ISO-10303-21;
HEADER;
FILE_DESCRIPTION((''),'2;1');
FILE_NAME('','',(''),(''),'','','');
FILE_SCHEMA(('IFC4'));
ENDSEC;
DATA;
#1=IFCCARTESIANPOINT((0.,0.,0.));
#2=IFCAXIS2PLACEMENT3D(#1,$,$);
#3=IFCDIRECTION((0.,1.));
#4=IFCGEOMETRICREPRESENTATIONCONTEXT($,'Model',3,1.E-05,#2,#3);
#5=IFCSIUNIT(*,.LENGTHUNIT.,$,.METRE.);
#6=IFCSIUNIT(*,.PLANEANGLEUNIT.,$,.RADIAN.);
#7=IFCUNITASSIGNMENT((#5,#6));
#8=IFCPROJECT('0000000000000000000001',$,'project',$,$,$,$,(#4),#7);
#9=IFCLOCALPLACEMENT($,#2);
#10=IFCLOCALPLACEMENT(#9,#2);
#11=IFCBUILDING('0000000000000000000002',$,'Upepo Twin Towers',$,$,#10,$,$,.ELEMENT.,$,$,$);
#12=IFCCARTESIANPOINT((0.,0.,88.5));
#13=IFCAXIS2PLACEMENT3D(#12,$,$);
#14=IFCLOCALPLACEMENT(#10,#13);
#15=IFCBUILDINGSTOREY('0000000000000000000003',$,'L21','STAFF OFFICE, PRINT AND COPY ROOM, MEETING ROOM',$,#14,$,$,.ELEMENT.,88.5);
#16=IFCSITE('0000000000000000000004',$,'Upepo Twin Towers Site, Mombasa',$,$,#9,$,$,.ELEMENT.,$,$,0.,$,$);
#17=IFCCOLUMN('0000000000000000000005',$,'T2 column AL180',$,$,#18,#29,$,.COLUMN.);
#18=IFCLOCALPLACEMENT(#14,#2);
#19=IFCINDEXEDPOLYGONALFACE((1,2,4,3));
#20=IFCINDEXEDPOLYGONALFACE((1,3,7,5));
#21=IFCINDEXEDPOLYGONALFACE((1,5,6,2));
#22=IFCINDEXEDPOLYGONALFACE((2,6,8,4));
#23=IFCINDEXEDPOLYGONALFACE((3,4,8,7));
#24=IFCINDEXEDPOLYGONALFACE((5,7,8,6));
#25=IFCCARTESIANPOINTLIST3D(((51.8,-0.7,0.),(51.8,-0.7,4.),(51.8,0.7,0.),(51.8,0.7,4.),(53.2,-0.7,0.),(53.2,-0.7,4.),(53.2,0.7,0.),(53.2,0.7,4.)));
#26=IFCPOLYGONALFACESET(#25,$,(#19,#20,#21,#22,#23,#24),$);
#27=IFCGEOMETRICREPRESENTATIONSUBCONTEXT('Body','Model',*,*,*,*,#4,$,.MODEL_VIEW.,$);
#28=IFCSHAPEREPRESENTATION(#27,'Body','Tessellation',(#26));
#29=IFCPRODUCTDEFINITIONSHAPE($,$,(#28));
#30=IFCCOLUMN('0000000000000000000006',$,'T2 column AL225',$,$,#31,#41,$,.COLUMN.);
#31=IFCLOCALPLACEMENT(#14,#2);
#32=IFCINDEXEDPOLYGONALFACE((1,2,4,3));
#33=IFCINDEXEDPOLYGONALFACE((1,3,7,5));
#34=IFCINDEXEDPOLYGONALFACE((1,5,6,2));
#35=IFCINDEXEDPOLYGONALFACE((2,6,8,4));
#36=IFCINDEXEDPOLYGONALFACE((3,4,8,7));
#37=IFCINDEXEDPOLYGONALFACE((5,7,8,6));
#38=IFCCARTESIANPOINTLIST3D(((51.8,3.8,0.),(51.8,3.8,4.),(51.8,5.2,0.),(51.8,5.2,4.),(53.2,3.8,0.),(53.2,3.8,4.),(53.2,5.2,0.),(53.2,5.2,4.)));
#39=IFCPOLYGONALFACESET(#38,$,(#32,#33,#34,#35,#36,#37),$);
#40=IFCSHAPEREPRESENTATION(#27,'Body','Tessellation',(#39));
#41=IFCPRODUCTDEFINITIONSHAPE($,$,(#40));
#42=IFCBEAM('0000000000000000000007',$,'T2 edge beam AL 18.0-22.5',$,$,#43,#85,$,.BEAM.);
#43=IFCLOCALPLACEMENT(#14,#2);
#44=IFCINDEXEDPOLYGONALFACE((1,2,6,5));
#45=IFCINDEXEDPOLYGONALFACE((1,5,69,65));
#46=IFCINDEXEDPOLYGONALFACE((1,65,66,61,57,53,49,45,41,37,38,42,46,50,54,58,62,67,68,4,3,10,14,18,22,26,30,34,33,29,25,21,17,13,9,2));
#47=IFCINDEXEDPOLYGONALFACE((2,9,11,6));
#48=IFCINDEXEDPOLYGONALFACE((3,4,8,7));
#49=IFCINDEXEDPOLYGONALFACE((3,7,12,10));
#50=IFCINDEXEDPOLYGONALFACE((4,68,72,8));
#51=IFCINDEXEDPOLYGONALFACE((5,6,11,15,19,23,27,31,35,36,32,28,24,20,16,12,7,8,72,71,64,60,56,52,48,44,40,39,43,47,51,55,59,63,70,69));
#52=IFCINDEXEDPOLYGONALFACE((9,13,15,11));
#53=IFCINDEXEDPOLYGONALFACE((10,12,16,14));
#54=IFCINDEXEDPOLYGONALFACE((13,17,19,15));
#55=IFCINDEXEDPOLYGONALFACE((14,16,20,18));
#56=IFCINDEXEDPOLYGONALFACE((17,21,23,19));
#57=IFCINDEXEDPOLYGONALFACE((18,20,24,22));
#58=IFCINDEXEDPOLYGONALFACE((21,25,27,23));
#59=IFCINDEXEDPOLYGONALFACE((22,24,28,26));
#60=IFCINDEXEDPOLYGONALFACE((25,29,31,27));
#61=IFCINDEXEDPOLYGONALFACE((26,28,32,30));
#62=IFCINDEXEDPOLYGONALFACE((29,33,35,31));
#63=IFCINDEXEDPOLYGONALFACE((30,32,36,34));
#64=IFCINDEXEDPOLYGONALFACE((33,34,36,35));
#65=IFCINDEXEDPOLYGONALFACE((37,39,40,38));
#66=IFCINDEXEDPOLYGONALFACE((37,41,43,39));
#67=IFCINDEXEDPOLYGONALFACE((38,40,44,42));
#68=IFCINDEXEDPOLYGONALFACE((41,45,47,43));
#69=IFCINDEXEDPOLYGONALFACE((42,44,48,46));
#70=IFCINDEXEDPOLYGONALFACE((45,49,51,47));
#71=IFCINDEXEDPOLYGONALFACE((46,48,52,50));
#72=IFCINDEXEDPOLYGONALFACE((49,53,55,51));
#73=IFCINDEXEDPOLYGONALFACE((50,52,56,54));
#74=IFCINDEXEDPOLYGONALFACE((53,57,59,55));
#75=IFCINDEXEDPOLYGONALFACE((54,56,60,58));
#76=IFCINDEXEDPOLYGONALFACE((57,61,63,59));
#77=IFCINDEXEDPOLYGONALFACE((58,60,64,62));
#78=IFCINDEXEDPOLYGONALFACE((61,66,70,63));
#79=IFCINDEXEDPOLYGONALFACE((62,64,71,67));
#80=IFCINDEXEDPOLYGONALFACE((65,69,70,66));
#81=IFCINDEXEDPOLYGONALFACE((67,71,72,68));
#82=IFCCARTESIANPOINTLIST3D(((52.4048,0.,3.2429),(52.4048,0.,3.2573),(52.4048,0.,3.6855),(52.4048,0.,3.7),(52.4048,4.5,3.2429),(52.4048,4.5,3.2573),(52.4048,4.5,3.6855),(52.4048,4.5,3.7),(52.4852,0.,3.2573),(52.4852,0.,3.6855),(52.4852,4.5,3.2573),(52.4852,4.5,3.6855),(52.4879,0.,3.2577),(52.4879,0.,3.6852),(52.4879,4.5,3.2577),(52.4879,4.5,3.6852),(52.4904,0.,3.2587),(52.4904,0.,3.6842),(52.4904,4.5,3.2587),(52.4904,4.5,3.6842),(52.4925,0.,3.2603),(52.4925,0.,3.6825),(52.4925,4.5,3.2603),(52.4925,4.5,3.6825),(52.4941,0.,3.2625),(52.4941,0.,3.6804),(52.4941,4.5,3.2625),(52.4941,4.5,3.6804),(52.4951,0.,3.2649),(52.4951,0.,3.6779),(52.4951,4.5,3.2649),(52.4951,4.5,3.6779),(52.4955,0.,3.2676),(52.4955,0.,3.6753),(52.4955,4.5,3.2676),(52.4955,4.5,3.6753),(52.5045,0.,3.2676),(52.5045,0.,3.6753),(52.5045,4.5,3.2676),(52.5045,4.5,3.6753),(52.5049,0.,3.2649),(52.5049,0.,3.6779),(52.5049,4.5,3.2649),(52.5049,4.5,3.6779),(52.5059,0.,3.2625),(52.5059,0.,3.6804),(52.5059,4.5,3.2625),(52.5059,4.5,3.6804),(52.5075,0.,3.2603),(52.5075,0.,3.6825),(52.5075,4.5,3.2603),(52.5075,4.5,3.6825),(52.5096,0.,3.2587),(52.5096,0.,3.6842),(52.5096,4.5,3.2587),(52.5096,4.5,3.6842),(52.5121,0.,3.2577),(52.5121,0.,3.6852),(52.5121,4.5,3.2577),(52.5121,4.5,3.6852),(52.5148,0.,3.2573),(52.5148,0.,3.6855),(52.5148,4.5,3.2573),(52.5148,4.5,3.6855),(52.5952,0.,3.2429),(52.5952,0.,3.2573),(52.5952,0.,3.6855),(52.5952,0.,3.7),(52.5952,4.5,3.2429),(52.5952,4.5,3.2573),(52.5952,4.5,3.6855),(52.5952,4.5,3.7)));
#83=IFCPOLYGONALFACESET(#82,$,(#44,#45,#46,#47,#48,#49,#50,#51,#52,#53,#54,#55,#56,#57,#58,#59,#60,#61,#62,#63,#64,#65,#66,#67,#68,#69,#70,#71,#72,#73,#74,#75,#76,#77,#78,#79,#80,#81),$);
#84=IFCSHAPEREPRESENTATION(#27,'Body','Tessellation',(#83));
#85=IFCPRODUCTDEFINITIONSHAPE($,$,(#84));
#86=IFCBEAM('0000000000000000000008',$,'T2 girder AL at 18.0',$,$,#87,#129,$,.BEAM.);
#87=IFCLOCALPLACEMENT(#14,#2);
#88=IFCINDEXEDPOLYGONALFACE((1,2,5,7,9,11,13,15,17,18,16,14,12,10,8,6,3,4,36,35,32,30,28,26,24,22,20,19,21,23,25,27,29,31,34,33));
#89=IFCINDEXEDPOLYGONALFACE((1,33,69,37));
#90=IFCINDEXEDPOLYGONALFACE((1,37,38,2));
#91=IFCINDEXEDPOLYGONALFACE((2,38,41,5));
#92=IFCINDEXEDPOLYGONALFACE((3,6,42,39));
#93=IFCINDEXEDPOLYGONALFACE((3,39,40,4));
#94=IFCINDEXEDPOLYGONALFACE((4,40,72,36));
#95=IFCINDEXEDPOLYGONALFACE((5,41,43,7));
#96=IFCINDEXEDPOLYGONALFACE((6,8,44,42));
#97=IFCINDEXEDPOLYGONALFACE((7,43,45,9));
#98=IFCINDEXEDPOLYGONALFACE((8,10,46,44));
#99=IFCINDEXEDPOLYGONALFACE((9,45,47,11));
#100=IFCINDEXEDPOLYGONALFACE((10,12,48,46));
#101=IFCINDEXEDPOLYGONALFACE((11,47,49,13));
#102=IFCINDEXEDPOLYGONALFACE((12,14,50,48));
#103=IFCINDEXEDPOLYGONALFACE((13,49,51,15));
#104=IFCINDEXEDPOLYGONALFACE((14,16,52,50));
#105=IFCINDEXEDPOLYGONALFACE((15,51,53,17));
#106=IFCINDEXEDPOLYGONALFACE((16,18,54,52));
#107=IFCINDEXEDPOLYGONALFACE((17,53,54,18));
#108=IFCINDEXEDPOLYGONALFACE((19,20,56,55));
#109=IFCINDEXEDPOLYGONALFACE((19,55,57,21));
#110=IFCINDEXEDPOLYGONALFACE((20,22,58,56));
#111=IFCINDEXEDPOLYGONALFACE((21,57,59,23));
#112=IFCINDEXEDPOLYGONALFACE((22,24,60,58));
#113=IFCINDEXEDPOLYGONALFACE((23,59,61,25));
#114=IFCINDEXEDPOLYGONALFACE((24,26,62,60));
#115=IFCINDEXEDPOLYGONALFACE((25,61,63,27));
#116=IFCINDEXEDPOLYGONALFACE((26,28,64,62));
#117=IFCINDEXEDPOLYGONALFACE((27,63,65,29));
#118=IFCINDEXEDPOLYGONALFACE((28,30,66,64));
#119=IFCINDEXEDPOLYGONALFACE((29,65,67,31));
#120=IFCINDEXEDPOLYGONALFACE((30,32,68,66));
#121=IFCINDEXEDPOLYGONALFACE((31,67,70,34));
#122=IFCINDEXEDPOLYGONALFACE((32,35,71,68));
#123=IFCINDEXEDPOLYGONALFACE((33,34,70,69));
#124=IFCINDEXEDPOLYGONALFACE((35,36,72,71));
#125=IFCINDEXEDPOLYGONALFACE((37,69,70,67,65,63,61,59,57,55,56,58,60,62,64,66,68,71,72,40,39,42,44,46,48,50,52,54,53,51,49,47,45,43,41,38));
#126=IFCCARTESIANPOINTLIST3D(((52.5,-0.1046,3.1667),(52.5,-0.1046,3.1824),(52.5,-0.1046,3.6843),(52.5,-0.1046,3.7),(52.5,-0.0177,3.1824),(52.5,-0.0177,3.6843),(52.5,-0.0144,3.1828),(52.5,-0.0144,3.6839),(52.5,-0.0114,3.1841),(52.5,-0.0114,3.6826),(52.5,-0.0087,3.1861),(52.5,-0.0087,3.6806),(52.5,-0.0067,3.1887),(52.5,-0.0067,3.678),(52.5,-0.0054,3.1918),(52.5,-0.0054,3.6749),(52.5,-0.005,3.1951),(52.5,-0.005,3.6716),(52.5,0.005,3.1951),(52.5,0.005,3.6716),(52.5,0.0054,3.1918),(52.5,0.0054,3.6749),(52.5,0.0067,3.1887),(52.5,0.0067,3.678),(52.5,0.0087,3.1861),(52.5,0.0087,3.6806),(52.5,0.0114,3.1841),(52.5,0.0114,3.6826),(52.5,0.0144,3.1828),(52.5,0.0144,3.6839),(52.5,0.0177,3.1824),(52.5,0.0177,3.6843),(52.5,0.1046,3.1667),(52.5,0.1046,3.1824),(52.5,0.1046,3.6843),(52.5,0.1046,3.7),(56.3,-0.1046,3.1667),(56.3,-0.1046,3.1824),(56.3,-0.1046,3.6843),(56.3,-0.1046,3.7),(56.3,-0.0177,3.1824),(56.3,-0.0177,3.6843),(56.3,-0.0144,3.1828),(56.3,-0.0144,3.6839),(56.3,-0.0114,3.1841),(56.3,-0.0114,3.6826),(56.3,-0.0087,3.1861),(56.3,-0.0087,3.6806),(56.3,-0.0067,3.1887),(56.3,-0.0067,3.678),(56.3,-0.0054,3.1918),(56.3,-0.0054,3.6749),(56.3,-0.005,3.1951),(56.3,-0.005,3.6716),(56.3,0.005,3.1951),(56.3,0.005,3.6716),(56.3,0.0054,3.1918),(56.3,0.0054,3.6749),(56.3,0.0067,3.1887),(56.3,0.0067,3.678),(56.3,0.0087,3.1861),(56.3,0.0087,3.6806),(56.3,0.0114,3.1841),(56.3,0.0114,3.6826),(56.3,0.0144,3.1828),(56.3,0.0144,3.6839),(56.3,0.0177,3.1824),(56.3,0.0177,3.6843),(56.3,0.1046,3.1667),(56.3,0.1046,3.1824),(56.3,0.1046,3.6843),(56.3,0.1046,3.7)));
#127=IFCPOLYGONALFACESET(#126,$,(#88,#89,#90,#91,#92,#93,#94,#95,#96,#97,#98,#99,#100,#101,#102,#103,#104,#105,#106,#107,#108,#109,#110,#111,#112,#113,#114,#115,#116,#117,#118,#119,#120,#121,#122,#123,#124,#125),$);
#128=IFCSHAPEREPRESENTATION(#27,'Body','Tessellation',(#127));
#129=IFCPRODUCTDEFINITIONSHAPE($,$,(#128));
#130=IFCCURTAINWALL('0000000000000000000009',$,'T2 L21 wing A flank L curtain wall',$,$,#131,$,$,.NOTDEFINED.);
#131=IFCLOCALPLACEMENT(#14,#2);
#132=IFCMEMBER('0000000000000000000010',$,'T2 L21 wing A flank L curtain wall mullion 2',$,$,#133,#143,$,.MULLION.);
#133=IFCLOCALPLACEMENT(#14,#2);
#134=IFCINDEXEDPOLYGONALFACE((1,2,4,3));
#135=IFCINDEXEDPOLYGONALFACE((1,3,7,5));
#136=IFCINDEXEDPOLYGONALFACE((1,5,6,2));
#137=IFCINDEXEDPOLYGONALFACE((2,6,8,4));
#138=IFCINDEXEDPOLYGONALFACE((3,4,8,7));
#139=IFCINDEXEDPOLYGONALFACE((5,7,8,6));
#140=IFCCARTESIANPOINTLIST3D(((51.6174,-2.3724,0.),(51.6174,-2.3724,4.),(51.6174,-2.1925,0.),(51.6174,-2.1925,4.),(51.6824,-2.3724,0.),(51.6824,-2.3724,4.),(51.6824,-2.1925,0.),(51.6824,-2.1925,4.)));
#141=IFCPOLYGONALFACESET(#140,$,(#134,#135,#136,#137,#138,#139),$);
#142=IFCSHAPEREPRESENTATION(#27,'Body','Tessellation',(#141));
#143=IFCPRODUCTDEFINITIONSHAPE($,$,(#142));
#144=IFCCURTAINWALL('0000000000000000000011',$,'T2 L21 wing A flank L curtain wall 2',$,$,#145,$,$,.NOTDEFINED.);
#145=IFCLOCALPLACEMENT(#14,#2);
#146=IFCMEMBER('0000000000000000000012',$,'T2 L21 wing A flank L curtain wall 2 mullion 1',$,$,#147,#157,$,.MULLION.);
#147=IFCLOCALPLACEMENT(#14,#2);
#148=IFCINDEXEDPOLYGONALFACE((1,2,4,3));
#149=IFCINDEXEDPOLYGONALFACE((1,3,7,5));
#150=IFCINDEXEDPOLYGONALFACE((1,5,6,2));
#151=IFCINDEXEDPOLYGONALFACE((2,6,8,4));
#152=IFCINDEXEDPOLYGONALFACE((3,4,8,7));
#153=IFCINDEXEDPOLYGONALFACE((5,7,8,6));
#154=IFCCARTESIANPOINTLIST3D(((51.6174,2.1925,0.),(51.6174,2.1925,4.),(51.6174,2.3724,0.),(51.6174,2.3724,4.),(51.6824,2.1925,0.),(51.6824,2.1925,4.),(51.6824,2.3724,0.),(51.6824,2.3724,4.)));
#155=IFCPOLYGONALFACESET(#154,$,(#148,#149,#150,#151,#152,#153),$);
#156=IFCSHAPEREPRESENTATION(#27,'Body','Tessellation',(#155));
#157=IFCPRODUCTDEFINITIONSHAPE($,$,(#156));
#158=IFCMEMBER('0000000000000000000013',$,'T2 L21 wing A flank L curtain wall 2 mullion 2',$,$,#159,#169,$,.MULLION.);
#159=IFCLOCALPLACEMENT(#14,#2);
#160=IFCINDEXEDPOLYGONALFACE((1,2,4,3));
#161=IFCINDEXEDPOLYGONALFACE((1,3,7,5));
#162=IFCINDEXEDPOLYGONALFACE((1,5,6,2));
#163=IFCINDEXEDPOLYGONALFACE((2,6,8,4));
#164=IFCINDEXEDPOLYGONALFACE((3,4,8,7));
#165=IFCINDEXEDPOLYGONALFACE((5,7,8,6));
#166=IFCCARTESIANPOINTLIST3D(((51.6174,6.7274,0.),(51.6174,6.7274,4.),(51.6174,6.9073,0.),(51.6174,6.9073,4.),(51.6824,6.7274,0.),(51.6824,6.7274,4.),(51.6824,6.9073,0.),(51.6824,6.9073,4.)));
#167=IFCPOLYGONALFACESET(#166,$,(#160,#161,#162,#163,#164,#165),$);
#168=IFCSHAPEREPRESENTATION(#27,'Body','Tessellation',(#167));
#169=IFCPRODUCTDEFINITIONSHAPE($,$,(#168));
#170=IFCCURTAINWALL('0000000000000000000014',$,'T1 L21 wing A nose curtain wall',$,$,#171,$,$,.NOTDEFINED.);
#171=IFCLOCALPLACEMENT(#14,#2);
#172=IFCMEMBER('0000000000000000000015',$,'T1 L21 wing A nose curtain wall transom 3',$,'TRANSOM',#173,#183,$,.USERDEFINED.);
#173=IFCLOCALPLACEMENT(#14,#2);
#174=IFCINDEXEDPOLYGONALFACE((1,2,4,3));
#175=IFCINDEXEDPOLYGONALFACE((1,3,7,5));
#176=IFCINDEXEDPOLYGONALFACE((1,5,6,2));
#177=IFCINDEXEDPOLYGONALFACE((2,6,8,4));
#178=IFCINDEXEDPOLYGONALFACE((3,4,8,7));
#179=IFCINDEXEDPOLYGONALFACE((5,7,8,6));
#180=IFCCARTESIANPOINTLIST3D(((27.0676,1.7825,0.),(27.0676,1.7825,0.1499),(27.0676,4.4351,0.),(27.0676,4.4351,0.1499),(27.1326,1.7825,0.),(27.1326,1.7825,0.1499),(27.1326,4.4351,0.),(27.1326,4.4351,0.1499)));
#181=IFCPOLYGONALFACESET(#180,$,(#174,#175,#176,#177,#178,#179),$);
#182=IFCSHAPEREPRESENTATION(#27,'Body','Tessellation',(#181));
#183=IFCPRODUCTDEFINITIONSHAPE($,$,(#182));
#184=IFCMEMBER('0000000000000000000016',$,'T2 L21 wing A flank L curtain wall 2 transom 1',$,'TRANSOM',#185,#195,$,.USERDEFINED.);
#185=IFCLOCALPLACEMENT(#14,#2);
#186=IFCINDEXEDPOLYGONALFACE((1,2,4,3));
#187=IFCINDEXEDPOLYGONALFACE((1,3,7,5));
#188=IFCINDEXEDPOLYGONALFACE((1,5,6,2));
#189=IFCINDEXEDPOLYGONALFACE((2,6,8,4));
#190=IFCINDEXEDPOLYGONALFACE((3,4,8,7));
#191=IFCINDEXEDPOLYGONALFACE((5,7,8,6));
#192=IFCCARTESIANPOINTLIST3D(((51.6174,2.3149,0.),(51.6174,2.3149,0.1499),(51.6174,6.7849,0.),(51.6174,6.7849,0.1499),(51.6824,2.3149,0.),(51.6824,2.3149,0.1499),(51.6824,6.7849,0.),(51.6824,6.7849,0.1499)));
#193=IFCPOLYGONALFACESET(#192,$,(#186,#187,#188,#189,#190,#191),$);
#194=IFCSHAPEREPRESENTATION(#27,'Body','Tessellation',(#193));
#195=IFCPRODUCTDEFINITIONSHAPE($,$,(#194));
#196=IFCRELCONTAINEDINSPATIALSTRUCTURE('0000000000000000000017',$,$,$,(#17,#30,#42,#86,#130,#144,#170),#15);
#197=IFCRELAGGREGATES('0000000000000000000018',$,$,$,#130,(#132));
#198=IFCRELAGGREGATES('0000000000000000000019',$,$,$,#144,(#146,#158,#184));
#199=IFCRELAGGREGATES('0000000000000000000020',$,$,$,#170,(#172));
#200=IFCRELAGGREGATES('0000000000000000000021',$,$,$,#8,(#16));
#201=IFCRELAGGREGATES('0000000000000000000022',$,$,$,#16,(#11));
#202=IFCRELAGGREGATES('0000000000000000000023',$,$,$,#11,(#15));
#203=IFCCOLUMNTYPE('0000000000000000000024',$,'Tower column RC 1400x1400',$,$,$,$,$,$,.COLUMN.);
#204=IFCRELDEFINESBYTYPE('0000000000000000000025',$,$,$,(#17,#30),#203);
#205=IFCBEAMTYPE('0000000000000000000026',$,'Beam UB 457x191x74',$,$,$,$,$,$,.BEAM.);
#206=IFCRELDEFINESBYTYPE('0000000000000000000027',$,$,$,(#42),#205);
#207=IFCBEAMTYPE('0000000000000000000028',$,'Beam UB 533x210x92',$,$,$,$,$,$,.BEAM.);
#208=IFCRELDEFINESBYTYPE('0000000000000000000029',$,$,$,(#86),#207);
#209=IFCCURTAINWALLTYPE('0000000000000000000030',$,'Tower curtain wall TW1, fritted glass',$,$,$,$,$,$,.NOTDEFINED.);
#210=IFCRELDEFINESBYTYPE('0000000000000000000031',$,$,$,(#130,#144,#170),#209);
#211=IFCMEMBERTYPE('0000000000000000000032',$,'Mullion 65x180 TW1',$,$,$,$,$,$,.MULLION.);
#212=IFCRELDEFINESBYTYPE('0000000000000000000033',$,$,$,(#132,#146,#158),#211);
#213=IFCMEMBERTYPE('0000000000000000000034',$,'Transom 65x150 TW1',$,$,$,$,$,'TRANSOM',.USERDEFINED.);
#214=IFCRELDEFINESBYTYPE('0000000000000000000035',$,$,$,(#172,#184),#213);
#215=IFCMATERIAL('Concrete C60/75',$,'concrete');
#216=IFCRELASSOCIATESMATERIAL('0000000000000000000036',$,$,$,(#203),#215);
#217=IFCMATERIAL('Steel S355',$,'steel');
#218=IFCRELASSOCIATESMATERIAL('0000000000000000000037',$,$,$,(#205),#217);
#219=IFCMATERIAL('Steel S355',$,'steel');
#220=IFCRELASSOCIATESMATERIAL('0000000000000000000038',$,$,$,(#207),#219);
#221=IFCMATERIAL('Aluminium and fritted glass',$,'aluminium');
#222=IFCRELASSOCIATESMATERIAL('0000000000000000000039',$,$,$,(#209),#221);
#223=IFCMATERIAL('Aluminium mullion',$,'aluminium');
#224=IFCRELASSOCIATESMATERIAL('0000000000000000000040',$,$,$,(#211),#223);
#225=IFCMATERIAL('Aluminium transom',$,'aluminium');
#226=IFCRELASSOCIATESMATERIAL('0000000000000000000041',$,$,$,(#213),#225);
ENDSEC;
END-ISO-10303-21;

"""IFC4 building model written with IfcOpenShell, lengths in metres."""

from ifc_helpers import new_model, si_unit, direction, frame, origin, origin_2d, place, context, subcontext, project, spatial, rectangle, i_section, extrude, material, material_profile, profile_set, type_object, element, aggregate, save


model = new_model("IFC4")

# Units and contexts
model_context = context("Model", 3, precision=1e-05, world=origin(), true_north=direction((0.0, 1.0)))
body_context = subcontext(model_context, "Body", "Model", "MODEL_VIEW")
ifc_project = project(units=[si_unit("LENGTHUNIT", "METRE"), si_unit("PLANEANGLEUNIT", "RADIAN")], contexts=[model_context])

# Site, building, storey
site_placement = place(None, origin())
site = spatial("IfcSite", under=ifc_project, at=site_placement, Name="Upepo Twin Towers Site, Mombasa", CompositionType="ELEMENT", RefElevation=0.0)
building_placement = place(site_placement, origin())
building = spatial("IfcBuilding", under=site, at=building_placement, Name="Upepo Twin Towers", CompositionType="ELEMENT")
storey_placement = place(building_placement, frame((0.0, 0.0, 88.5)))
storey = spatial("IfcBuildingStorey", under=building, at=storey_placement, Name="L21", Description="STAFF OFFICE, PRINT AND COPY ROOM, MEETING ROOM", CompositionType="ELEMENT", Elevation=88.5)

# Columns
ifc_material_1 = material(Name="Concrete C60/75", Category="concrete")
ifc_material_profile_1 = material_profile(ifc_material_1, rectangle(XDim=1.3999, YDim=1.3999, at=origin_2d()), Name="RC 1400x1400")
ifc_profile_set_1 = profile_set([ifc_material_profile_1], Name="Concrete C60/75")
column_type = type_object("IfcColumnType", Name="Tower column RC 1400x1400", PredefinedType="COLUMN", material=ifc_profile_set_1)
for number, where, z_axis, x_axis, name in (
    (1, (52.5, 0.0, 0.0), (0.0, 0.0, 1.0), (1.0, 0.0, 0.0), "T2 column AL180"),
    (2, (52.5, 4.5, 0.0), (0.0, 0.0, 1.0), (1.0, 0.0, 0.0), "T2 column AL225"),
):
    element("IfcColumn", number, at=place(storey_placement, frame(where, z_axis=z_axis, x_axis=x_axis)), inside=storey, type_object=column_type, Name=name, PredefinedType="COLUMN", context=body_context, shape_type="SweptSolid", body=[
        extrude(rectangle(XDim=1.3999, YDim=1.3999, at=origin_2d()), origin(), (0.0, 0.0, 1.0), 4.0),
    ])

# Beams
ifc_material_2 = material(Name="Steel S355", Category="steel")
ifc_material_profile_2 = material_profile(ifc_material_2, i_section(OverallWidth=0.1904, OverallDepth=0.457, WebThickness=0.009, FlangeThickness=0.0144, FilletRadius=0.0103, at=origin_2d()), Name="UB 457x191x74")
ifc_profile_set_2 = profile_set([ifc_material_profile_2], Name="Steel S355")
beam_type_1 = type_object("IfcBeamType", Name="Beam UB 457x191x74", PredefinedType="BEAM", material=ifc_profile_set_2)
beam_1_placement = place(storey_placement, frame((52.5, 0.0, 3.4714), z_axis=(0.0, 1.0, 0.0), x_axis=(-1.0, 0.0, 0.0)))
element("IfcBeam", 3, at=beam_1_placement, inside=storey, type_object=beam_type_1, Name="T2 edge beam AL 18.0-22.5", PredefinedType="BEAM", context=body_context, shape_type="SweptSolid", body=[
    extrude(i_section(OverallWidth=0.1904, OverallDepth=0.457, WebThickness=0.009, FlangeThickness=0.0144, FilletRadius=0.0103, at=origin_2d()), origin(), (0.0, 0.0, 1.0), 4.5),
])
ifc_material_3 = material(Name="Steel S355", Category="steel")
ifc_material_profile_3 = material_profile(ifc_material_3, i_section(OverallWidth=0.2092, OverallDepth=0.5332, WebThickness=0.01, FlangeThickness=0.0156, FilletRadius=0.0127, at=origin_2d()), Name="UB 533x210x92")
ifc_profile_set_3 = profile_set([ifc_material_profile_3], Name="Steel S355")
beam_type_2 = type_object("IfcBeamType", Name="Beam UB 533x210x92", PredefinedType="BEAM", material=ifc_profile_set_3)
beam_2_placement = place(storey_placement, frame((52.5, 0.0, 3.4333), z_axis=(1.0, 0.0, 0.0), x_axis=(0.0, 1.0, 0.0)))
element("IfcBeam", 4, at=beam_2_placement, inside=storey, type_object=beam_type_2, Name="T2 girder AL at 18.0", PredefinedType="BEAM", context=body_context, shape_type="SweptSolid", body=[
    extrude(i_section(OverallWidth=0.2092, OverallDepth=0.5332, WebThickness=0.01, FlangeThickness=0.0156, FilletRadius=0.0127, at=origin_2d()), origin(), (0.0, 0.0, 1.0), 3.8),
])

# Curtain wall, member
ifc_material_4 = material(Name="Aluminium and fritted glass", Category="aluminium")
curtain_wall_type = type_object("IfcCurtainWallType", Name="Tower curtain wall TW1, fritted glass", PredefinedType="NOTDEFINED", material=ifc_material_4)
curtain_wall_1_placement = place(storey_placement, origin())
curtain_wall_1 = element("IfcCurtainWall", 5, at=curtain_wall_1_placement, inside=storey, type_object=curtain_wall_type, Name="T2 L21 wing A flank L curtain wall", PredefinedType="NOTDEFINED")
ifc_material_5 = material(Name="Aluminium mullion", Category="aluminium")
ifc_material_profile_4 = material_profile(ifc_material_5, rectangle(XDim=0.0649, YDim=0.1799, at=origin_2d()), Name="MULLION 65x180")
ifc_profile_set_4 = profile_set([ifc_material_profile_4], Name="Aluminium mullion")
member_type_1 = type_object("IfcMemberType", Name="Mullion 65x180 TW1", PredefinedType="MULLION", material=ifc_profile_set_4)
member_1_placement = place(storey_placement, frame((51.6499, -2.2825, 0.0), z_axis=(0.0, 0.0, 1.0), x_axis=(-1.0, 0.0, 0.0)))
member_1 = element("IfcMember", 6, at=member_1_placement, type_object=member_type_1, Name="T2 L21 wing A flank L curtain wall mullion 2", PredefinedType="MULLION", context=body_context, shape_type="SweptSolid", body=[
    extrude(rectangle(XDim=0.0649, YDim=0.1799, at=origin_2d()), origin(), (0.0, 0.0, 1.0), 4.0),
])
aggregate(curtain_wall_1, [member_1])

# Curtain wall, members
curtain_wall_2_placement = place(storey_placement, origin())
curtain_wall_2 = element("IfcCurtainWall", 7, at=curtain_wall_2_placement, inside=storey, type_object=curtain_wall_type, Name="T2 L21 wing A flank L curtain wall 2", PredefinedType="NOTDEFINED")
member_2_placement = place(storey_placement, frame((51.6499, 2.2825, 0.0), z_axis=(0.0, 0.0, 1.0), x_axis=(-1.0, 0.0, 0.0)))
member_2 = element("IfcMember", 8, at=member_2_placement, type_object=member_type_1, Name="T2 L21 wing A flank L curtain wall 2 mullion 1", PredefinedType="MULLION", context=body_context, shape_type="SweptSolid", body=[
    extrude(rectangle(XDim=0.0649, YDim=0.1799, at=origin_2d()), origin(), (0.0, 0.0, 1.0), 4.0),
])
member_3_placement = place(storey_placement, frame((51.6499, 6.8174, 0.0), z_axis=(0.0, 0.0, 1.0), x_axis=(-1.0, 0.0, 0.0)))
member_3 = element("IfcMember", 9, at=member_3_placement, type_object=member_type_1, Name="T2 L21 wing A flank L curtain wall 2 mullion 2", PredefinedType="MULLION", context=body_context, shape_type="SweptSolid", body=[
    extrude(rectangle(XDim=0.0649, YDim=0.1799, at=origin_2d()), origin(), (0.0, 0.0, 1.0), 4.0),
])

# Curtain wall, member
curtain_wall_3_placement = place(storey_placement, origin())
curtain_wall_3 = element("IfcCurtainWall", 10, at=curtain_wall_3_placement, inside=storey, type_object=curtain_wall_type, Name="T1 L21 wing A nose curtain wall", PredefinedType="NOTDEFINED")
ifc_material_6 = material(Name="Aluminium transom", Category="aluminium")
ifc_material_profile_5 = material_profile(ifc_material_6, rectangle(XDim=0.0649, YDim=0.1499, at=origin_2d()), Name="TRANSOM 65x150")
ifc_profile_set_5 = profile_set([ifc_material_profile_5], Name="Aluminium transom")
member_type_2 = type_object("IfcMemberType", Name="Transom 65x150 TW1", ElementType="TRANSOM", PredefinedType="USERDEFINED", material=ifc_profile_set_5)
member_4_placement = place(storey_placement, frame((27.1001, 1.7825, 0.075), z_axis=(0.0, 1.0, 0.0), x_axis=(-1.0, 0.0, 0.0)))
member_4 = element("IfcMember", 11, at=member_4_placement, type_object=member_type_2, Name="T1 L21 wing A nose curtain wall transom 3", ObjectType="TRANSOM", PredefinedType="USERDEFINED", context=body_context, shape_type="SweptSolid", body=[
    extrude(rectangle(XDim=0.0649, YDim=0.1499, at=origin_2d()), origin(), (0.0, 0.0, 1.0), 2.6526),
])

# Member
member_5_placement = place(storey_placement, frame((51.6499, 2.3149, 0.075), z_axis=(0.0, 1.0, 0.0), x_axis=(-1.0, 0.0, 0.0)))
member_5 = element("IfcMember", 12, at=member_5_placement, type_object=member_type_2, Name="T2 L21 wing A flank L curtain wall 2 transom 1", ObjectType="TRANSOM", PredefinedType="USERDEFINED", context=body_context, shape_type="SweptSolid", body=[
    extrude(rectangle(XDim=0.0649, YDim=0.1499, at=origin_2d()), origin(), (0.0, 0.0, 1.0), 4.47),
])

aggregate(curtain_wall_2, [member_2, member_3, member_5])
aggregate(curtain_wall_3, [member_4])

save(model, "model.ifc")
